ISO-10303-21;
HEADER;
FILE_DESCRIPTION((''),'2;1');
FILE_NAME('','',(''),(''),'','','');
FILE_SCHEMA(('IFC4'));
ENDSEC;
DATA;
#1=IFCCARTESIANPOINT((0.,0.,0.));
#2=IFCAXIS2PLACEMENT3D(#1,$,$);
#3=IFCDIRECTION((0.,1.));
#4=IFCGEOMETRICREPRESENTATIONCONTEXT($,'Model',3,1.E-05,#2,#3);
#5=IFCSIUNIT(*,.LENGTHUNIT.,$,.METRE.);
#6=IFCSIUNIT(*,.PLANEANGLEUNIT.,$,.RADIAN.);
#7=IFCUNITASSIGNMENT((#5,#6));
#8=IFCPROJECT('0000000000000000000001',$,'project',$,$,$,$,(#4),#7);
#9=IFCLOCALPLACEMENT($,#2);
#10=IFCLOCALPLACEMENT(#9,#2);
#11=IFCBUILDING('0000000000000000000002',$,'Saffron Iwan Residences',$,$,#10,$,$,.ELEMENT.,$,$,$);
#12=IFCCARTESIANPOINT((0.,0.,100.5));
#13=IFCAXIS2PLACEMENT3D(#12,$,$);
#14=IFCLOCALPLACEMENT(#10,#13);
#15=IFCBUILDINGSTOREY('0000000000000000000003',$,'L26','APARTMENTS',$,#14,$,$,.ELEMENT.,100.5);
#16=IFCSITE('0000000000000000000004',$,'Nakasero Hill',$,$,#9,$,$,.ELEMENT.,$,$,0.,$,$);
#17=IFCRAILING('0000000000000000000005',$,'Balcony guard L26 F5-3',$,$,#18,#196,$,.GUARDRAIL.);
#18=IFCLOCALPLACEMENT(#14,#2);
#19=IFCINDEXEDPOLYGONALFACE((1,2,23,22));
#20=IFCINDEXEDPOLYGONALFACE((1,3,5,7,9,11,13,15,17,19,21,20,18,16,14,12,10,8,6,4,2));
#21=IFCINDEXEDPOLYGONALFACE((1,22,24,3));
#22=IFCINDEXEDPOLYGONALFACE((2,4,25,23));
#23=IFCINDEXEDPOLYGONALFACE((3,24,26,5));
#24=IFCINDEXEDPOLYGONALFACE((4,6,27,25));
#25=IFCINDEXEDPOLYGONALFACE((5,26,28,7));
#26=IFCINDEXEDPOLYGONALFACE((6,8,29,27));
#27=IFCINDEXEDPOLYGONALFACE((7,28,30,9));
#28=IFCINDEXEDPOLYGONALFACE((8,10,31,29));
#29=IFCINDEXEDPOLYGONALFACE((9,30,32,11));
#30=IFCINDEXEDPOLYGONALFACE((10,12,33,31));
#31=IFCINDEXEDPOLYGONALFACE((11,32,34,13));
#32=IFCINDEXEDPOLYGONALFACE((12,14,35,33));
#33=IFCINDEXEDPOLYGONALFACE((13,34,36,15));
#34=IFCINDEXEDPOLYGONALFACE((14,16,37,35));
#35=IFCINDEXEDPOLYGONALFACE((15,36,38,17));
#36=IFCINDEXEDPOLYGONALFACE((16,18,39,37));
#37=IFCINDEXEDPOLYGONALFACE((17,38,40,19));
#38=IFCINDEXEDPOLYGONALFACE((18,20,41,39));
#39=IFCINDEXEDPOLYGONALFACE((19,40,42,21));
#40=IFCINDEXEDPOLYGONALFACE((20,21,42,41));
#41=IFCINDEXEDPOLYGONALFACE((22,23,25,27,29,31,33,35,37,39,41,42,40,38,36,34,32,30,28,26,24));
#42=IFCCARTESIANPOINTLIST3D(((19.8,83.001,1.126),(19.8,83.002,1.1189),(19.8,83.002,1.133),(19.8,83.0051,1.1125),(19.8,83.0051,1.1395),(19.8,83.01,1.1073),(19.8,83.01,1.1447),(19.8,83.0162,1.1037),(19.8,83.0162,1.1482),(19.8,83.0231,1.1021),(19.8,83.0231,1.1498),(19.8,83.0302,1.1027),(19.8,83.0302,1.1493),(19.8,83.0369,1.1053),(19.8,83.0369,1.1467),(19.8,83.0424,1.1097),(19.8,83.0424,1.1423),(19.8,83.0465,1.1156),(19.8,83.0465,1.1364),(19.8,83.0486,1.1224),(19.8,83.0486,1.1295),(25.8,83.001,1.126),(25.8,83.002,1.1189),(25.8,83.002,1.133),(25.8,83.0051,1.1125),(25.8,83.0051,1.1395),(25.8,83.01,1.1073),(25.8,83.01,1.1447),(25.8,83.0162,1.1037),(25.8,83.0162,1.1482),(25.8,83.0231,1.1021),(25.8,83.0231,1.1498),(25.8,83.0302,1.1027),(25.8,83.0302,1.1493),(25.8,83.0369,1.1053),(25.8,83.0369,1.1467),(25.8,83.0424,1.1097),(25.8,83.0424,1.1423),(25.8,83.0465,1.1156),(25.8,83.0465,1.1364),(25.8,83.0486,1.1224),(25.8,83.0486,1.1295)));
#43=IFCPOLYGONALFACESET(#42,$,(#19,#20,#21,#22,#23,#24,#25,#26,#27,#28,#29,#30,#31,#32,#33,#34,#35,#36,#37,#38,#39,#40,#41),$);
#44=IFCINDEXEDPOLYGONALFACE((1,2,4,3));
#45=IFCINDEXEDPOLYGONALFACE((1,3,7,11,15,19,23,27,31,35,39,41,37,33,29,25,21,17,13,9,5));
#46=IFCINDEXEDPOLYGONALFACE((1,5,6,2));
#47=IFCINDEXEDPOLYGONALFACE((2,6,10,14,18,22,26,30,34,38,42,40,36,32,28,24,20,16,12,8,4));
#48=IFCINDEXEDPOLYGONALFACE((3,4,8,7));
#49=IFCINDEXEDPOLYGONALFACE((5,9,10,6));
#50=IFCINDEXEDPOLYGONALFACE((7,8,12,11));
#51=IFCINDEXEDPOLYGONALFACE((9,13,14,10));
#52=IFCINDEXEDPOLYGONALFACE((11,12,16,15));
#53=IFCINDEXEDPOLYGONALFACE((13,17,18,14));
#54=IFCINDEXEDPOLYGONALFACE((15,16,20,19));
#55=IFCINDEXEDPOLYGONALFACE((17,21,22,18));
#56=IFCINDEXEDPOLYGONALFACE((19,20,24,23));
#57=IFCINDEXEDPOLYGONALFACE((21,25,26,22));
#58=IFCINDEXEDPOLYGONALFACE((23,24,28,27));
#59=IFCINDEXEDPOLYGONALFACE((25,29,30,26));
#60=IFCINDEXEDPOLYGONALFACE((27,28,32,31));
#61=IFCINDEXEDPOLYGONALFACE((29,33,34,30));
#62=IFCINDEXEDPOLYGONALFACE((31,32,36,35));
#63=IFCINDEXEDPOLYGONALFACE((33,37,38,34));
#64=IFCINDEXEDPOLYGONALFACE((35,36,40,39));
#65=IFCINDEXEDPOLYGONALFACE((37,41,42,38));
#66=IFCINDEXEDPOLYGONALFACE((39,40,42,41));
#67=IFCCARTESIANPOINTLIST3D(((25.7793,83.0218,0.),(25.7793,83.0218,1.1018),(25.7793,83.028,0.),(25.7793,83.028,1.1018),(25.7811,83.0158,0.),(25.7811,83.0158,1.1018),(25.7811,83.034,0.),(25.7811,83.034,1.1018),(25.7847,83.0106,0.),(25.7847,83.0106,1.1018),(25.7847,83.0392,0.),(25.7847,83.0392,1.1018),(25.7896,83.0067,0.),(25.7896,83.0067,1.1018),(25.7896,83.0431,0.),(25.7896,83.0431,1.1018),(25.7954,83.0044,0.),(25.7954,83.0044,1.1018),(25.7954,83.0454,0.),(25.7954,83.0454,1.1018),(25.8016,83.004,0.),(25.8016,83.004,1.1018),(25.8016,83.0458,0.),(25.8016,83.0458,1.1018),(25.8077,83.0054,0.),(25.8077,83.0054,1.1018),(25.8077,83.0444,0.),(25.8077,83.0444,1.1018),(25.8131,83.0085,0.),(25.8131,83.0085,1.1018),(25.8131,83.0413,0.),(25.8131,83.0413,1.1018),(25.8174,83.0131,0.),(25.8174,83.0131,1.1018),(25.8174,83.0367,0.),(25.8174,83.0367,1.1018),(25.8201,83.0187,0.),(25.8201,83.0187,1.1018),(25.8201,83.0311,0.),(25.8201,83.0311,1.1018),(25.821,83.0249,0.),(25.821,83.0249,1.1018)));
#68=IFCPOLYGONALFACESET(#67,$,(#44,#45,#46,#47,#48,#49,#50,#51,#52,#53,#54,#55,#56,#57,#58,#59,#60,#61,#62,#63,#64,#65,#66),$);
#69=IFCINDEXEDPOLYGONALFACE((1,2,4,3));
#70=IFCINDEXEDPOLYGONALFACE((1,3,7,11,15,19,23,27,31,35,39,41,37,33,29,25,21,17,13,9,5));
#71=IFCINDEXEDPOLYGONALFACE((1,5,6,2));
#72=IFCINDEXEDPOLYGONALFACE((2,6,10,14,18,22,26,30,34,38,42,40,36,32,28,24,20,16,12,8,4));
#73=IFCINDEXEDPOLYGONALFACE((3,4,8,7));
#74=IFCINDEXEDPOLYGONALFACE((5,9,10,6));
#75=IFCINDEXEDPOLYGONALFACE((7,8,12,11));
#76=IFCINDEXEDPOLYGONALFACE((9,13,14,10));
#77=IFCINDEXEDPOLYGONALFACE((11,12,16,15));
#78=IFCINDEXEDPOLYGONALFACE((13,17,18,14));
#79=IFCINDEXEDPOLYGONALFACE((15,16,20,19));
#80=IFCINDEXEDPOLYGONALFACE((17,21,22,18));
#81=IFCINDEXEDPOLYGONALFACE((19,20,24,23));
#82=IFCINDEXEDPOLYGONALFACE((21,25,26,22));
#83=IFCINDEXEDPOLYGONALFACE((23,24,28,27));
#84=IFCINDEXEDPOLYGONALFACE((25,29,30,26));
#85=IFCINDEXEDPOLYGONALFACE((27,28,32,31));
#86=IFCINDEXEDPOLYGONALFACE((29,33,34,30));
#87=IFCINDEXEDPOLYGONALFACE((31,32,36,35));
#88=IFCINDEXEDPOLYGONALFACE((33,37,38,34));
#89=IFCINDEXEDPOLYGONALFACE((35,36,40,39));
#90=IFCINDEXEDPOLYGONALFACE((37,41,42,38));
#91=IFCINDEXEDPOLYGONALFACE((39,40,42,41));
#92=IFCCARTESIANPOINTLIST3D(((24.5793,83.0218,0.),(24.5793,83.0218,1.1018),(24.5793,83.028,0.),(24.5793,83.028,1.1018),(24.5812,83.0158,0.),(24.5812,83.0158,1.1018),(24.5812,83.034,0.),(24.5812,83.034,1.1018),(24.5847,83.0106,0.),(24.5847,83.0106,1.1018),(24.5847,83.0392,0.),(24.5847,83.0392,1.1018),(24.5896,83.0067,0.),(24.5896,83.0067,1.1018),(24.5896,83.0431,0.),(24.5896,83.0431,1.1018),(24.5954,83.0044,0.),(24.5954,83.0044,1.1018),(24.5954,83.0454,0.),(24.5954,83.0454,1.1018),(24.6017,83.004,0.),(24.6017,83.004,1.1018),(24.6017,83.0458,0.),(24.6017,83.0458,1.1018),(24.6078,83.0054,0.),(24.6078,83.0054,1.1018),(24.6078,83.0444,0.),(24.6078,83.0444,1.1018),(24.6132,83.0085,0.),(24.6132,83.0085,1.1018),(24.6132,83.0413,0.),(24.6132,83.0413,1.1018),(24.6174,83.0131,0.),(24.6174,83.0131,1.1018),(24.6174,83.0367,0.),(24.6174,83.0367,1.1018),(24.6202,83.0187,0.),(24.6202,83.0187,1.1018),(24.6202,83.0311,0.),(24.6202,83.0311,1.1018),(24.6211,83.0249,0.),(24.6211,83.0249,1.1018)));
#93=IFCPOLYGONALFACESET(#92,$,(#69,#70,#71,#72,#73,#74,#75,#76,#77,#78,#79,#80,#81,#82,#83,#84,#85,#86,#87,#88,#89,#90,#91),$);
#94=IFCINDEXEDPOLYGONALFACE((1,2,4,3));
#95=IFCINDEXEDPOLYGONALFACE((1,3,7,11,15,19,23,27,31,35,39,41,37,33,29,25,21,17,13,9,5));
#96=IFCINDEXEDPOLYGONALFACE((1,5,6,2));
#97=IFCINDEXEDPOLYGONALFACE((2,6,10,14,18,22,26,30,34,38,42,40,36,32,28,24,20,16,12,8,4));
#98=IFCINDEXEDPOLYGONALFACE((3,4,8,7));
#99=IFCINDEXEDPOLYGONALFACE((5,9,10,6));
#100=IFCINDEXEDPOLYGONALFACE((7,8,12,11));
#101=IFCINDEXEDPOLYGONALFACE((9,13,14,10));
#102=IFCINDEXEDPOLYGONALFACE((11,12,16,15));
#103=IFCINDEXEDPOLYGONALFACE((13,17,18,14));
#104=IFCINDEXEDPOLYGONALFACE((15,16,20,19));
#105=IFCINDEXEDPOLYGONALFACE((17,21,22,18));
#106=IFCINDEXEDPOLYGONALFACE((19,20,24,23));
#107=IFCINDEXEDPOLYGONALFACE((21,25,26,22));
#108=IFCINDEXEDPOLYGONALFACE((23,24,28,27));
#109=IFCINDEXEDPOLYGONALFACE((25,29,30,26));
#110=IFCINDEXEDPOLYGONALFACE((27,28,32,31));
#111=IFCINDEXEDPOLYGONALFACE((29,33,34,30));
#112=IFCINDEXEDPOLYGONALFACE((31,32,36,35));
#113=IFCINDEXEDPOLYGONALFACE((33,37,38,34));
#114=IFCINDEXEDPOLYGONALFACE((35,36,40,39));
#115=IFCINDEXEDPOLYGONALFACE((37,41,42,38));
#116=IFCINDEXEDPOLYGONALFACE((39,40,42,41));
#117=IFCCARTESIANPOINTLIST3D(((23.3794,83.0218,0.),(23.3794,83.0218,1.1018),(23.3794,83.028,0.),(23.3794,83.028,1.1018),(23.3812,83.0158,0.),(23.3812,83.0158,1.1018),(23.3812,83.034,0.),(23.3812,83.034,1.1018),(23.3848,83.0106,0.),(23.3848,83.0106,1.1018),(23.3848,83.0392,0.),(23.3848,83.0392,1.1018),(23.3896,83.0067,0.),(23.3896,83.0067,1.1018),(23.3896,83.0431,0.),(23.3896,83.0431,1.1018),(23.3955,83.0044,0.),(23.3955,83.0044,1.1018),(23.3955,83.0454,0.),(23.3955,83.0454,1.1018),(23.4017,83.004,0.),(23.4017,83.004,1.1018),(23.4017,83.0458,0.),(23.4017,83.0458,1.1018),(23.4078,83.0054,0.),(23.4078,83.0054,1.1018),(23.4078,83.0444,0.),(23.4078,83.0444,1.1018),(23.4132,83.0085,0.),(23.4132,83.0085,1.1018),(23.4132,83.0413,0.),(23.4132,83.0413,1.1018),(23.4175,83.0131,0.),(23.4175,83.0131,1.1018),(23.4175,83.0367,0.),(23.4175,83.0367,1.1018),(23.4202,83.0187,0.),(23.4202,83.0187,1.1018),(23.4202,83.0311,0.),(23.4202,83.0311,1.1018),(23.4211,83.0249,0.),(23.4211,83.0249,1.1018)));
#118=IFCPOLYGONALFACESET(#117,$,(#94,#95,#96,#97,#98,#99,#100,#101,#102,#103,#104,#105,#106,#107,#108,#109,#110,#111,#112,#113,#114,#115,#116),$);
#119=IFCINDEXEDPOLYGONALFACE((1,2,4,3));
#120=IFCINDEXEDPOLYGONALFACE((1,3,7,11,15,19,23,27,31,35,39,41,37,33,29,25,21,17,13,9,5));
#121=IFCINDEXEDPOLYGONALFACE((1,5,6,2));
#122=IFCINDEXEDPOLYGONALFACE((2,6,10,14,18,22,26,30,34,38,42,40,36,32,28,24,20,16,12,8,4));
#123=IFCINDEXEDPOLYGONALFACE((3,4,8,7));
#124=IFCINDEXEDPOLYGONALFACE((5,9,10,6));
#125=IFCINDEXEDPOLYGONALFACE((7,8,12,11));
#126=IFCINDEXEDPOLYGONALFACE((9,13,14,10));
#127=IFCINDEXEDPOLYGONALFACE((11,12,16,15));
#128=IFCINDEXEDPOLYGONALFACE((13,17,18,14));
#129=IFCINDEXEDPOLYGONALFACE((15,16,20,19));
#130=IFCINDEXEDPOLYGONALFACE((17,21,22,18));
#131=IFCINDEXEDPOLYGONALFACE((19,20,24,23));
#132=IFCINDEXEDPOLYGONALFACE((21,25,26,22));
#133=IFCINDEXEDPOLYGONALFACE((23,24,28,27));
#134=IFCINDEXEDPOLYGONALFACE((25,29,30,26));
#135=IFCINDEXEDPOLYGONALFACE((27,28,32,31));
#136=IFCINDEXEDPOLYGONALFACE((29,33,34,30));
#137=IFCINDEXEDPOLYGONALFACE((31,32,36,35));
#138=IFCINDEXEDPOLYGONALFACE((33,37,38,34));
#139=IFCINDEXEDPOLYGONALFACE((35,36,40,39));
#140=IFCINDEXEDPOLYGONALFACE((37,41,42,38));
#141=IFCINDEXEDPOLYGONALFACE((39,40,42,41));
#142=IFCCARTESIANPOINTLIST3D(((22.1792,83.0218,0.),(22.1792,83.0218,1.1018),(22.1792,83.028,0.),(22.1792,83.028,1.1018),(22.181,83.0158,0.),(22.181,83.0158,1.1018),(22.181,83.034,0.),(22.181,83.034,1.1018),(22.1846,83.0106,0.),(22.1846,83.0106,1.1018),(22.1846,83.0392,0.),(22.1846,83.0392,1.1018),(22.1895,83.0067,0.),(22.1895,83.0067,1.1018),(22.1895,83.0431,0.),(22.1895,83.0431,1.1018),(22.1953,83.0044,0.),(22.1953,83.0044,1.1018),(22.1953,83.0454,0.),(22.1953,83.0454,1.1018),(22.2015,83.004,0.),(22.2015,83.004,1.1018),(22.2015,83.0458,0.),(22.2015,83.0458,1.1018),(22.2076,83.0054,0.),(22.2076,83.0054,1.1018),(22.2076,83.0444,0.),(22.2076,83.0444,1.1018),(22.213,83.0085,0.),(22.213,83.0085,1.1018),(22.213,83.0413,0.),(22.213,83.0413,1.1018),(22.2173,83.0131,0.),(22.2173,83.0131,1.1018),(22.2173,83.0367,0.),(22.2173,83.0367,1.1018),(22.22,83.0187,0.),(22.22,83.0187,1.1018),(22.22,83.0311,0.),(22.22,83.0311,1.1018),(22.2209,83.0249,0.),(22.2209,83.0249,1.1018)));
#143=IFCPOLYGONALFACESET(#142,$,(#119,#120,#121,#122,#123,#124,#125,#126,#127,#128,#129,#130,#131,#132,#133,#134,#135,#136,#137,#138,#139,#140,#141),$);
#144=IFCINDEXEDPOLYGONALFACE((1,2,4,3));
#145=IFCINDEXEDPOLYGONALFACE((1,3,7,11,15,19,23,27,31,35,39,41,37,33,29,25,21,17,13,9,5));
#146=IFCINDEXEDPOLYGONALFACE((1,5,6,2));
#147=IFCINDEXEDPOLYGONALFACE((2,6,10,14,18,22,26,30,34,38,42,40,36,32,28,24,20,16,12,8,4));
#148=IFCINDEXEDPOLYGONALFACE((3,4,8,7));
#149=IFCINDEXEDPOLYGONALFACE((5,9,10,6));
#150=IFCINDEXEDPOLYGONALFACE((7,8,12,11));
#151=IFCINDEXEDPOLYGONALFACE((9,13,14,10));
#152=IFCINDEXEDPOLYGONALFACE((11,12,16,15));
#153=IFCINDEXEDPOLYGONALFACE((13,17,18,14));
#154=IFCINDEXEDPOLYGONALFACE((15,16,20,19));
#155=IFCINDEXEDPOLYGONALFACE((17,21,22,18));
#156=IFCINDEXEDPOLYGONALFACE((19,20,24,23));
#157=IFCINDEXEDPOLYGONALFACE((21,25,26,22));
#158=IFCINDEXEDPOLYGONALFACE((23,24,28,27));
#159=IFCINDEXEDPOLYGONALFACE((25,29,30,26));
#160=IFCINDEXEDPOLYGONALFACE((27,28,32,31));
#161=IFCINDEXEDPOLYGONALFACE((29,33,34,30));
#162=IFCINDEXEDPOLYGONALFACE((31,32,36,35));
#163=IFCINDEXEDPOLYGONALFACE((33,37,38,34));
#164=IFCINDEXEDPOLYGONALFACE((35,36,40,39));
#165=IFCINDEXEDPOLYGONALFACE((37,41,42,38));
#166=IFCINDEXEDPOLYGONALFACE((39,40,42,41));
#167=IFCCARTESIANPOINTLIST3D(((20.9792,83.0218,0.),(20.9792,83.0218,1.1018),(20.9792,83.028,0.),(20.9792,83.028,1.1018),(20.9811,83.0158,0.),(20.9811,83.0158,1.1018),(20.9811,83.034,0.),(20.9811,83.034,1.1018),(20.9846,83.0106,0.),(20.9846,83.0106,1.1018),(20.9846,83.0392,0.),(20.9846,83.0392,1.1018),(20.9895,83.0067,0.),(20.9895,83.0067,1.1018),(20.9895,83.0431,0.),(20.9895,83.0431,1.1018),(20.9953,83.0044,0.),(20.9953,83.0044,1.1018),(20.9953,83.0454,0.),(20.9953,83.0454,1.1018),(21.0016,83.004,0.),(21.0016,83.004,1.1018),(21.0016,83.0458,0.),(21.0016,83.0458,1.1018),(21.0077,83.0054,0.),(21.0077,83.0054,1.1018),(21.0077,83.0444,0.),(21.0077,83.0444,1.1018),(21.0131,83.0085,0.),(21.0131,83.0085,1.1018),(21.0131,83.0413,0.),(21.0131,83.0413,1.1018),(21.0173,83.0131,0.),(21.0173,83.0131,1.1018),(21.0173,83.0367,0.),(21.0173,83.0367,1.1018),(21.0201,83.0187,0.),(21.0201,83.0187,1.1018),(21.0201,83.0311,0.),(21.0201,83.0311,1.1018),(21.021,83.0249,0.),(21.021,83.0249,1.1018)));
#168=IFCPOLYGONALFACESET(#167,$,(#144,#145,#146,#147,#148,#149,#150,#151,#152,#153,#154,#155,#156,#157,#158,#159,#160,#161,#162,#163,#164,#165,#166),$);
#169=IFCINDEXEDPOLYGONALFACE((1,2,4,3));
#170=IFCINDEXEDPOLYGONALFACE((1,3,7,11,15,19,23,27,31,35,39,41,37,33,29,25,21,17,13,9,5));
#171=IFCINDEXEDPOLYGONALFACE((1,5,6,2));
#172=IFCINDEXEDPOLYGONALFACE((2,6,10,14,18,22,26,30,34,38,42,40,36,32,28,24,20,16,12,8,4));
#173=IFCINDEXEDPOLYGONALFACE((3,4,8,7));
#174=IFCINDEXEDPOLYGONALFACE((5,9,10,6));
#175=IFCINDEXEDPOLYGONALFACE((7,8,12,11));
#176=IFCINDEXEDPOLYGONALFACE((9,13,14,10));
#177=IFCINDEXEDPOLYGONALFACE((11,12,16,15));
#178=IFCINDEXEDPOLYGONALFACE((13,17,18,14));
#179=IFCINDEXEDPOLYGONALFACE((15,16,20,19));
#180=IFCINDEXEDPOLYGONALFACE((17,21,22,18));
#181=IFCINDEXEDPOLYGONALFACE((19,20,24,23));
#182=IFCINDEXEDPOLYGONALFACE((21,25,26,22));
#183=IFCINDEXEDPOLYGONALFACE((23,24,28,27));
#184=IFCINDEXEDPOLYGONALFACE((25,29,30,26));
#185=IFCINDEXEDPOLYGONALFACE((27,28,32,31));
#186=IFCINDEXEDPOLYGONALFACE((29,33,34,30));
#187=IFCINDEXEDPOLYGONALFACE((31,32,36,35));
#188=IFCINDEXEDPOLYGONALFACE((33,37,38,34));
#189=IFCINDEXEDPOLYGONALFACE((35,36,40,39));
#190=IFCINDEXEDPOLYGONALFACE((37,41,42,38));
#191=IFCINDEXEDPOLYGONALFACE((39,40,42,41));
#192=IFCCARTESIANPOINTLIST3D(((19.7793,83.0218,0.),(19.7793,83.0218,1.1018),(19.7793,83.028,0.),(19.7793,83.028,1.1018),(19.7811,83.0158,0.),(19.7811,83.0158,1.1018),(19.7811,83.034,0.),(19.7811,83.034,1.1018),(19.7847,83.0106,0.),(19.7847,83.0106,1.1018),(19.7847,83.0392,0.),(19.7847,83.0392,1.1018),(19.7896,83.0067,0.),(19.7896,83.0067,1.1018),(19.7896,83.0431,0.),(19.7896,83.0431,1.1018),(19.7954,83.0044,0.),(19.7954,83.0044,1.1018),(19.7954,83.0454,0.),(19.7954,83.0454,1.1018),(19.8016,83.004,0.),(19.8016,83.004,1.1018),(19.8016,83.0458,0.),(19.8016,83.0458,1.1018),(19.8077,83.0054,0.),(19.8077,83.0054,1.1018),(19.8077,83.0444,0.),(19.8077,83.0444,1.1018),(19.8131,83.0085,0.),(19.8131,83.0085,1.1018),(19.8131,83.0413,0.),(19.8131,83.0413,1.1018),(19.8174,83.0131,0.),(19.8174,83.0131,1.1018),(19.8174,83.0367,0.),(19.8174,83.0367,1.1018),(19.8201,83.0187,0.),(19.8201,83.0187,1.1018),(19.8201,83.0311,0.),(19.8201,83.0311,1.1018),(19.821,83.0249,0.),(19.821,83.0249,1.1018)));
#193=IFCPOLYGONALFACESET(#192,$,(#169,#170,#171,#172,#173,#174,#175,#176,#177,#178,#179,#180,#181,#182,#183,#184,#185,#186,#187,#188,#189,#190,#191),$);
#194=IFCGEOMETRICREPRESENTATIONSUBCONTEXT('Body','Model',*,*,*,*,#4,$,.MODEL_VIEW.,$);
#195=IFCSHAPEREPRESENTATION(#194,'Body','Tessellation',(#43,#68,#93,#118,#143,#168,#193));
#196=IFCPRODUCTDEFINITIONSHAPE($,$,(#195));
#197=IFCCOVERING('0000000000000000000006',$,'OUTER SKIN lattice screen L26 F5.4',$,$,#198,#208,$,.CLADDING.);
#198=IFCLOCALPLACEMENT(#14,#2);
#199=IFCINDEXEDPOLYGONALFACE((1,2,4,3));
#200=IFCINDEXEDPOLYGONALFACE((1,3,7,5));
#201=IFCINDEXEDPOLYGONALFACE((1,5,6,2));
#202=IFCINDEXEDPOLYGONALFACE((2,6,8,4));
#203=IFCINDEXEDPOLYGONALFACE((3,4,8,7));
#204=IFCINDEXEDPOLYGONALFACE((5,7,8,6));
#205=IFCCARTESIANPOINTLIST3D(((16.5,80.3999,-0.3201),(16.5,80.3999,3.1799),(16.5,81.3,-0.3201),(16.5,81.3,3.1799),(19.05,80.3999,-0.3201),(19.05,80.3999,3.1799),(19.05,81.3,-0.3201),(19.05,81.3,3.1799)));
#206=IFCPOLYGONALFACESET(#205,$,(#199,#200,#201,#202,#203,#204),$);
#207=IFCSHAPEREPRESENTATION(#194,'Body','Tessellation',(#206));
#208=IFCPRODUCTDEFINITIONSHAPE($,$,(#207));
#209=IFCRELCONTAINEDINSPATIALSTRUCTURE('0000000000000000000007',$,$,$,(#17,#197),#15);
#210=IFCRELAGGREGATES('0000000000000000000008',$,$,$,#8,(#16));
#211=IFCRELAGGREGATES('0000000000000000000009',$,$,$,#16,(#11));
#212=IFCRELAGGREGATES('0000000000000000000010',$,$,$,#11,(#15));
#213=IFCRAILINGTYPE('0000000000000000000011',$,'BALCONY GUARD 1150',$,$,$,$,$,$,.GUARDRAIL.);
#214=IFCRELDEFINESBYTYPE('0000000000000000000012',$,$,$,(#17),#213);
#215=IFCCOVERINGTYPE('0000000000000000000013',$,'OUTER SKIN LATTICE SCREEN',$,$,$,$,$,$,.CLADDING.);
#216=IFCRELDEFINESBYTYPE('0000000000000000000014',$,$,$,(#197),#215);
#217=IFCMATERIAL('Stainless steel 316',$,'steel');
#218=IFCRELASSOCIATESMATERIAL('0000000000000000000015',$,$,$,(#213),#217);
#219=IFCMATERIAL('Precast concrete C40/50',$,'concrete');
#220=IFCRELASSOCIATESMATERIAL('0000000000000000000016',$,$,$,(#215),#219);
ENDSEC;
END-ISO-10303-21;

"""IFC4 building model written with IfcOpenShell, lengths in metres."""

from ifc_helpers import new_model, si_unit, direction, frame, origin, origin_2d, place, context, subcontext, project, spatial, polyline, circle, outline, extrude, material, type_object, element, save


model = new_model("IFC4")

# Units and contexts
model_context = context("Model", 3, precision=1e-05, world=origin(), true_north=direction((0.0, 1.0)))
body_context = subcontext(model_context, "Body", "Model", "MODEL_VIEW")
ifc_project = project(units=[si_unit("LENGTHUNIT", "METRE"), si_unit("PLANEANGLEUNIT", "RADIAN")], contexts=[model_context])

# Site, building, storey
site_placement = place(None, origin())
site = spatial("IfcSite", under=ifc_project, at=site_placement, Name="Nakasero Hill", CompositionType="ELEMENT", RefElevation=0.0)
building_placement = place(site_placement, origin())
building = spatial("IfcBuilding", under=site, at=building_placement, Name="Saffron Iwan Residences", CompositionType="ELEMENT")
storey_placement = place(building_placement, frame((0.0, 0.0, 100.5)))
storey = spatial("IfcBuildingStorey", under=building, at=storey_placement, Name="L26", Description="APARTMENTS", CompositionType="ELEMENT", Elevation=100.5)

# Railing
ifc_material_1 = material(Name="Stainless steel 316", Category="steel")
railing_type = type_object("IfcRailingType", Name="BALCONY GUARD 1150", PredefinedType="GUARDRAIL", material=ifc_material_1)
railing_placement = place(storey_placement, frame((25.8, 83.0249, 0.0)))
element("IfcRailing", 1, at=railing_placement, inside=storey, type_object=railing_type, Name="Balcony guard L26 F5-3", PredefinedType="GUARDRAIL", context=body_context, shape_type="SweptSolid", body=[
    extrude(circle(Radius=0.0239, at=origin_2d()), frame((0.0, 0.0, 1.126), z_axis=(-1.0, 0.0, 0.0), x_axis=(0.0, -1.0, 0.0)), (0.0, 0.0, 1.0), 6.0),
    extrude(circle(Radius=0.021, at=origin_2d()), origin(), (0.0, 0.0, 1.0), 1.1018),
    extrude(circle(Radius=0.021, at=origin_2d()), frame((-1.2, 0.0, 0.0)), (0.0, 0.0, 1.0), 1.1018),
    extrude(circle(Radius=0.021, at=origin_2d()), frame((-2.3999, 0.0, 0.0)), (0.0, 0.0, 1.0), 1.1018),
    extrude(circle(Radius=0.021, at=origin_2d()), frame((-3.6001, 0.0, 0.0)), (0.0, 0.0, 1.0), 1.1018),
    extrude(circle(Radius=0.021, at=origin_2d()), frame((-4.8, 0.0, 0.0)), (0.0, 0.0, 1.0), 1.1018),
    extrude(circle(Radius=0.021, at=origin_2d()), frame((-6.0, 0.0, 0.0)), (0.0, 0.0, 1.0), 1.1018),
])

# Covering
ifc_material_2 = material(Name="Precast concrete C40/50", Category="concrete")
covering_type_1 = type_object("IfcCoveringType", Name="OUTER SKIN LATTICE SCREEN", PredefinedType="CLADDING", material=ifc_material_2)
covering_1_placement = place(storey_placement, frame((19.05, 80.3999, -0.3201), z_axis=(0.0, 1.0, 0.0), x_axis=(-1.0, 0.0, 0.0)))
element("IfcCovering", 2, at=covering_1_placement, inside=storey, type_object=covering_type_1, Name="OUTER SKIN lattice screen L26 F5.4", PredefinedType="CLADDING", context=body_context, shape_type="SweptSolid", body=[
    extrude(outline(polyline([(0.0, 0.0), (2.55, 0.0), (2.55, 3.5), (0.0, 3.5), (0.0, 0.0)])), origin(), (0.0, 0.0, 1.0), 0.9001),
])

save(model, "model.ifc")
